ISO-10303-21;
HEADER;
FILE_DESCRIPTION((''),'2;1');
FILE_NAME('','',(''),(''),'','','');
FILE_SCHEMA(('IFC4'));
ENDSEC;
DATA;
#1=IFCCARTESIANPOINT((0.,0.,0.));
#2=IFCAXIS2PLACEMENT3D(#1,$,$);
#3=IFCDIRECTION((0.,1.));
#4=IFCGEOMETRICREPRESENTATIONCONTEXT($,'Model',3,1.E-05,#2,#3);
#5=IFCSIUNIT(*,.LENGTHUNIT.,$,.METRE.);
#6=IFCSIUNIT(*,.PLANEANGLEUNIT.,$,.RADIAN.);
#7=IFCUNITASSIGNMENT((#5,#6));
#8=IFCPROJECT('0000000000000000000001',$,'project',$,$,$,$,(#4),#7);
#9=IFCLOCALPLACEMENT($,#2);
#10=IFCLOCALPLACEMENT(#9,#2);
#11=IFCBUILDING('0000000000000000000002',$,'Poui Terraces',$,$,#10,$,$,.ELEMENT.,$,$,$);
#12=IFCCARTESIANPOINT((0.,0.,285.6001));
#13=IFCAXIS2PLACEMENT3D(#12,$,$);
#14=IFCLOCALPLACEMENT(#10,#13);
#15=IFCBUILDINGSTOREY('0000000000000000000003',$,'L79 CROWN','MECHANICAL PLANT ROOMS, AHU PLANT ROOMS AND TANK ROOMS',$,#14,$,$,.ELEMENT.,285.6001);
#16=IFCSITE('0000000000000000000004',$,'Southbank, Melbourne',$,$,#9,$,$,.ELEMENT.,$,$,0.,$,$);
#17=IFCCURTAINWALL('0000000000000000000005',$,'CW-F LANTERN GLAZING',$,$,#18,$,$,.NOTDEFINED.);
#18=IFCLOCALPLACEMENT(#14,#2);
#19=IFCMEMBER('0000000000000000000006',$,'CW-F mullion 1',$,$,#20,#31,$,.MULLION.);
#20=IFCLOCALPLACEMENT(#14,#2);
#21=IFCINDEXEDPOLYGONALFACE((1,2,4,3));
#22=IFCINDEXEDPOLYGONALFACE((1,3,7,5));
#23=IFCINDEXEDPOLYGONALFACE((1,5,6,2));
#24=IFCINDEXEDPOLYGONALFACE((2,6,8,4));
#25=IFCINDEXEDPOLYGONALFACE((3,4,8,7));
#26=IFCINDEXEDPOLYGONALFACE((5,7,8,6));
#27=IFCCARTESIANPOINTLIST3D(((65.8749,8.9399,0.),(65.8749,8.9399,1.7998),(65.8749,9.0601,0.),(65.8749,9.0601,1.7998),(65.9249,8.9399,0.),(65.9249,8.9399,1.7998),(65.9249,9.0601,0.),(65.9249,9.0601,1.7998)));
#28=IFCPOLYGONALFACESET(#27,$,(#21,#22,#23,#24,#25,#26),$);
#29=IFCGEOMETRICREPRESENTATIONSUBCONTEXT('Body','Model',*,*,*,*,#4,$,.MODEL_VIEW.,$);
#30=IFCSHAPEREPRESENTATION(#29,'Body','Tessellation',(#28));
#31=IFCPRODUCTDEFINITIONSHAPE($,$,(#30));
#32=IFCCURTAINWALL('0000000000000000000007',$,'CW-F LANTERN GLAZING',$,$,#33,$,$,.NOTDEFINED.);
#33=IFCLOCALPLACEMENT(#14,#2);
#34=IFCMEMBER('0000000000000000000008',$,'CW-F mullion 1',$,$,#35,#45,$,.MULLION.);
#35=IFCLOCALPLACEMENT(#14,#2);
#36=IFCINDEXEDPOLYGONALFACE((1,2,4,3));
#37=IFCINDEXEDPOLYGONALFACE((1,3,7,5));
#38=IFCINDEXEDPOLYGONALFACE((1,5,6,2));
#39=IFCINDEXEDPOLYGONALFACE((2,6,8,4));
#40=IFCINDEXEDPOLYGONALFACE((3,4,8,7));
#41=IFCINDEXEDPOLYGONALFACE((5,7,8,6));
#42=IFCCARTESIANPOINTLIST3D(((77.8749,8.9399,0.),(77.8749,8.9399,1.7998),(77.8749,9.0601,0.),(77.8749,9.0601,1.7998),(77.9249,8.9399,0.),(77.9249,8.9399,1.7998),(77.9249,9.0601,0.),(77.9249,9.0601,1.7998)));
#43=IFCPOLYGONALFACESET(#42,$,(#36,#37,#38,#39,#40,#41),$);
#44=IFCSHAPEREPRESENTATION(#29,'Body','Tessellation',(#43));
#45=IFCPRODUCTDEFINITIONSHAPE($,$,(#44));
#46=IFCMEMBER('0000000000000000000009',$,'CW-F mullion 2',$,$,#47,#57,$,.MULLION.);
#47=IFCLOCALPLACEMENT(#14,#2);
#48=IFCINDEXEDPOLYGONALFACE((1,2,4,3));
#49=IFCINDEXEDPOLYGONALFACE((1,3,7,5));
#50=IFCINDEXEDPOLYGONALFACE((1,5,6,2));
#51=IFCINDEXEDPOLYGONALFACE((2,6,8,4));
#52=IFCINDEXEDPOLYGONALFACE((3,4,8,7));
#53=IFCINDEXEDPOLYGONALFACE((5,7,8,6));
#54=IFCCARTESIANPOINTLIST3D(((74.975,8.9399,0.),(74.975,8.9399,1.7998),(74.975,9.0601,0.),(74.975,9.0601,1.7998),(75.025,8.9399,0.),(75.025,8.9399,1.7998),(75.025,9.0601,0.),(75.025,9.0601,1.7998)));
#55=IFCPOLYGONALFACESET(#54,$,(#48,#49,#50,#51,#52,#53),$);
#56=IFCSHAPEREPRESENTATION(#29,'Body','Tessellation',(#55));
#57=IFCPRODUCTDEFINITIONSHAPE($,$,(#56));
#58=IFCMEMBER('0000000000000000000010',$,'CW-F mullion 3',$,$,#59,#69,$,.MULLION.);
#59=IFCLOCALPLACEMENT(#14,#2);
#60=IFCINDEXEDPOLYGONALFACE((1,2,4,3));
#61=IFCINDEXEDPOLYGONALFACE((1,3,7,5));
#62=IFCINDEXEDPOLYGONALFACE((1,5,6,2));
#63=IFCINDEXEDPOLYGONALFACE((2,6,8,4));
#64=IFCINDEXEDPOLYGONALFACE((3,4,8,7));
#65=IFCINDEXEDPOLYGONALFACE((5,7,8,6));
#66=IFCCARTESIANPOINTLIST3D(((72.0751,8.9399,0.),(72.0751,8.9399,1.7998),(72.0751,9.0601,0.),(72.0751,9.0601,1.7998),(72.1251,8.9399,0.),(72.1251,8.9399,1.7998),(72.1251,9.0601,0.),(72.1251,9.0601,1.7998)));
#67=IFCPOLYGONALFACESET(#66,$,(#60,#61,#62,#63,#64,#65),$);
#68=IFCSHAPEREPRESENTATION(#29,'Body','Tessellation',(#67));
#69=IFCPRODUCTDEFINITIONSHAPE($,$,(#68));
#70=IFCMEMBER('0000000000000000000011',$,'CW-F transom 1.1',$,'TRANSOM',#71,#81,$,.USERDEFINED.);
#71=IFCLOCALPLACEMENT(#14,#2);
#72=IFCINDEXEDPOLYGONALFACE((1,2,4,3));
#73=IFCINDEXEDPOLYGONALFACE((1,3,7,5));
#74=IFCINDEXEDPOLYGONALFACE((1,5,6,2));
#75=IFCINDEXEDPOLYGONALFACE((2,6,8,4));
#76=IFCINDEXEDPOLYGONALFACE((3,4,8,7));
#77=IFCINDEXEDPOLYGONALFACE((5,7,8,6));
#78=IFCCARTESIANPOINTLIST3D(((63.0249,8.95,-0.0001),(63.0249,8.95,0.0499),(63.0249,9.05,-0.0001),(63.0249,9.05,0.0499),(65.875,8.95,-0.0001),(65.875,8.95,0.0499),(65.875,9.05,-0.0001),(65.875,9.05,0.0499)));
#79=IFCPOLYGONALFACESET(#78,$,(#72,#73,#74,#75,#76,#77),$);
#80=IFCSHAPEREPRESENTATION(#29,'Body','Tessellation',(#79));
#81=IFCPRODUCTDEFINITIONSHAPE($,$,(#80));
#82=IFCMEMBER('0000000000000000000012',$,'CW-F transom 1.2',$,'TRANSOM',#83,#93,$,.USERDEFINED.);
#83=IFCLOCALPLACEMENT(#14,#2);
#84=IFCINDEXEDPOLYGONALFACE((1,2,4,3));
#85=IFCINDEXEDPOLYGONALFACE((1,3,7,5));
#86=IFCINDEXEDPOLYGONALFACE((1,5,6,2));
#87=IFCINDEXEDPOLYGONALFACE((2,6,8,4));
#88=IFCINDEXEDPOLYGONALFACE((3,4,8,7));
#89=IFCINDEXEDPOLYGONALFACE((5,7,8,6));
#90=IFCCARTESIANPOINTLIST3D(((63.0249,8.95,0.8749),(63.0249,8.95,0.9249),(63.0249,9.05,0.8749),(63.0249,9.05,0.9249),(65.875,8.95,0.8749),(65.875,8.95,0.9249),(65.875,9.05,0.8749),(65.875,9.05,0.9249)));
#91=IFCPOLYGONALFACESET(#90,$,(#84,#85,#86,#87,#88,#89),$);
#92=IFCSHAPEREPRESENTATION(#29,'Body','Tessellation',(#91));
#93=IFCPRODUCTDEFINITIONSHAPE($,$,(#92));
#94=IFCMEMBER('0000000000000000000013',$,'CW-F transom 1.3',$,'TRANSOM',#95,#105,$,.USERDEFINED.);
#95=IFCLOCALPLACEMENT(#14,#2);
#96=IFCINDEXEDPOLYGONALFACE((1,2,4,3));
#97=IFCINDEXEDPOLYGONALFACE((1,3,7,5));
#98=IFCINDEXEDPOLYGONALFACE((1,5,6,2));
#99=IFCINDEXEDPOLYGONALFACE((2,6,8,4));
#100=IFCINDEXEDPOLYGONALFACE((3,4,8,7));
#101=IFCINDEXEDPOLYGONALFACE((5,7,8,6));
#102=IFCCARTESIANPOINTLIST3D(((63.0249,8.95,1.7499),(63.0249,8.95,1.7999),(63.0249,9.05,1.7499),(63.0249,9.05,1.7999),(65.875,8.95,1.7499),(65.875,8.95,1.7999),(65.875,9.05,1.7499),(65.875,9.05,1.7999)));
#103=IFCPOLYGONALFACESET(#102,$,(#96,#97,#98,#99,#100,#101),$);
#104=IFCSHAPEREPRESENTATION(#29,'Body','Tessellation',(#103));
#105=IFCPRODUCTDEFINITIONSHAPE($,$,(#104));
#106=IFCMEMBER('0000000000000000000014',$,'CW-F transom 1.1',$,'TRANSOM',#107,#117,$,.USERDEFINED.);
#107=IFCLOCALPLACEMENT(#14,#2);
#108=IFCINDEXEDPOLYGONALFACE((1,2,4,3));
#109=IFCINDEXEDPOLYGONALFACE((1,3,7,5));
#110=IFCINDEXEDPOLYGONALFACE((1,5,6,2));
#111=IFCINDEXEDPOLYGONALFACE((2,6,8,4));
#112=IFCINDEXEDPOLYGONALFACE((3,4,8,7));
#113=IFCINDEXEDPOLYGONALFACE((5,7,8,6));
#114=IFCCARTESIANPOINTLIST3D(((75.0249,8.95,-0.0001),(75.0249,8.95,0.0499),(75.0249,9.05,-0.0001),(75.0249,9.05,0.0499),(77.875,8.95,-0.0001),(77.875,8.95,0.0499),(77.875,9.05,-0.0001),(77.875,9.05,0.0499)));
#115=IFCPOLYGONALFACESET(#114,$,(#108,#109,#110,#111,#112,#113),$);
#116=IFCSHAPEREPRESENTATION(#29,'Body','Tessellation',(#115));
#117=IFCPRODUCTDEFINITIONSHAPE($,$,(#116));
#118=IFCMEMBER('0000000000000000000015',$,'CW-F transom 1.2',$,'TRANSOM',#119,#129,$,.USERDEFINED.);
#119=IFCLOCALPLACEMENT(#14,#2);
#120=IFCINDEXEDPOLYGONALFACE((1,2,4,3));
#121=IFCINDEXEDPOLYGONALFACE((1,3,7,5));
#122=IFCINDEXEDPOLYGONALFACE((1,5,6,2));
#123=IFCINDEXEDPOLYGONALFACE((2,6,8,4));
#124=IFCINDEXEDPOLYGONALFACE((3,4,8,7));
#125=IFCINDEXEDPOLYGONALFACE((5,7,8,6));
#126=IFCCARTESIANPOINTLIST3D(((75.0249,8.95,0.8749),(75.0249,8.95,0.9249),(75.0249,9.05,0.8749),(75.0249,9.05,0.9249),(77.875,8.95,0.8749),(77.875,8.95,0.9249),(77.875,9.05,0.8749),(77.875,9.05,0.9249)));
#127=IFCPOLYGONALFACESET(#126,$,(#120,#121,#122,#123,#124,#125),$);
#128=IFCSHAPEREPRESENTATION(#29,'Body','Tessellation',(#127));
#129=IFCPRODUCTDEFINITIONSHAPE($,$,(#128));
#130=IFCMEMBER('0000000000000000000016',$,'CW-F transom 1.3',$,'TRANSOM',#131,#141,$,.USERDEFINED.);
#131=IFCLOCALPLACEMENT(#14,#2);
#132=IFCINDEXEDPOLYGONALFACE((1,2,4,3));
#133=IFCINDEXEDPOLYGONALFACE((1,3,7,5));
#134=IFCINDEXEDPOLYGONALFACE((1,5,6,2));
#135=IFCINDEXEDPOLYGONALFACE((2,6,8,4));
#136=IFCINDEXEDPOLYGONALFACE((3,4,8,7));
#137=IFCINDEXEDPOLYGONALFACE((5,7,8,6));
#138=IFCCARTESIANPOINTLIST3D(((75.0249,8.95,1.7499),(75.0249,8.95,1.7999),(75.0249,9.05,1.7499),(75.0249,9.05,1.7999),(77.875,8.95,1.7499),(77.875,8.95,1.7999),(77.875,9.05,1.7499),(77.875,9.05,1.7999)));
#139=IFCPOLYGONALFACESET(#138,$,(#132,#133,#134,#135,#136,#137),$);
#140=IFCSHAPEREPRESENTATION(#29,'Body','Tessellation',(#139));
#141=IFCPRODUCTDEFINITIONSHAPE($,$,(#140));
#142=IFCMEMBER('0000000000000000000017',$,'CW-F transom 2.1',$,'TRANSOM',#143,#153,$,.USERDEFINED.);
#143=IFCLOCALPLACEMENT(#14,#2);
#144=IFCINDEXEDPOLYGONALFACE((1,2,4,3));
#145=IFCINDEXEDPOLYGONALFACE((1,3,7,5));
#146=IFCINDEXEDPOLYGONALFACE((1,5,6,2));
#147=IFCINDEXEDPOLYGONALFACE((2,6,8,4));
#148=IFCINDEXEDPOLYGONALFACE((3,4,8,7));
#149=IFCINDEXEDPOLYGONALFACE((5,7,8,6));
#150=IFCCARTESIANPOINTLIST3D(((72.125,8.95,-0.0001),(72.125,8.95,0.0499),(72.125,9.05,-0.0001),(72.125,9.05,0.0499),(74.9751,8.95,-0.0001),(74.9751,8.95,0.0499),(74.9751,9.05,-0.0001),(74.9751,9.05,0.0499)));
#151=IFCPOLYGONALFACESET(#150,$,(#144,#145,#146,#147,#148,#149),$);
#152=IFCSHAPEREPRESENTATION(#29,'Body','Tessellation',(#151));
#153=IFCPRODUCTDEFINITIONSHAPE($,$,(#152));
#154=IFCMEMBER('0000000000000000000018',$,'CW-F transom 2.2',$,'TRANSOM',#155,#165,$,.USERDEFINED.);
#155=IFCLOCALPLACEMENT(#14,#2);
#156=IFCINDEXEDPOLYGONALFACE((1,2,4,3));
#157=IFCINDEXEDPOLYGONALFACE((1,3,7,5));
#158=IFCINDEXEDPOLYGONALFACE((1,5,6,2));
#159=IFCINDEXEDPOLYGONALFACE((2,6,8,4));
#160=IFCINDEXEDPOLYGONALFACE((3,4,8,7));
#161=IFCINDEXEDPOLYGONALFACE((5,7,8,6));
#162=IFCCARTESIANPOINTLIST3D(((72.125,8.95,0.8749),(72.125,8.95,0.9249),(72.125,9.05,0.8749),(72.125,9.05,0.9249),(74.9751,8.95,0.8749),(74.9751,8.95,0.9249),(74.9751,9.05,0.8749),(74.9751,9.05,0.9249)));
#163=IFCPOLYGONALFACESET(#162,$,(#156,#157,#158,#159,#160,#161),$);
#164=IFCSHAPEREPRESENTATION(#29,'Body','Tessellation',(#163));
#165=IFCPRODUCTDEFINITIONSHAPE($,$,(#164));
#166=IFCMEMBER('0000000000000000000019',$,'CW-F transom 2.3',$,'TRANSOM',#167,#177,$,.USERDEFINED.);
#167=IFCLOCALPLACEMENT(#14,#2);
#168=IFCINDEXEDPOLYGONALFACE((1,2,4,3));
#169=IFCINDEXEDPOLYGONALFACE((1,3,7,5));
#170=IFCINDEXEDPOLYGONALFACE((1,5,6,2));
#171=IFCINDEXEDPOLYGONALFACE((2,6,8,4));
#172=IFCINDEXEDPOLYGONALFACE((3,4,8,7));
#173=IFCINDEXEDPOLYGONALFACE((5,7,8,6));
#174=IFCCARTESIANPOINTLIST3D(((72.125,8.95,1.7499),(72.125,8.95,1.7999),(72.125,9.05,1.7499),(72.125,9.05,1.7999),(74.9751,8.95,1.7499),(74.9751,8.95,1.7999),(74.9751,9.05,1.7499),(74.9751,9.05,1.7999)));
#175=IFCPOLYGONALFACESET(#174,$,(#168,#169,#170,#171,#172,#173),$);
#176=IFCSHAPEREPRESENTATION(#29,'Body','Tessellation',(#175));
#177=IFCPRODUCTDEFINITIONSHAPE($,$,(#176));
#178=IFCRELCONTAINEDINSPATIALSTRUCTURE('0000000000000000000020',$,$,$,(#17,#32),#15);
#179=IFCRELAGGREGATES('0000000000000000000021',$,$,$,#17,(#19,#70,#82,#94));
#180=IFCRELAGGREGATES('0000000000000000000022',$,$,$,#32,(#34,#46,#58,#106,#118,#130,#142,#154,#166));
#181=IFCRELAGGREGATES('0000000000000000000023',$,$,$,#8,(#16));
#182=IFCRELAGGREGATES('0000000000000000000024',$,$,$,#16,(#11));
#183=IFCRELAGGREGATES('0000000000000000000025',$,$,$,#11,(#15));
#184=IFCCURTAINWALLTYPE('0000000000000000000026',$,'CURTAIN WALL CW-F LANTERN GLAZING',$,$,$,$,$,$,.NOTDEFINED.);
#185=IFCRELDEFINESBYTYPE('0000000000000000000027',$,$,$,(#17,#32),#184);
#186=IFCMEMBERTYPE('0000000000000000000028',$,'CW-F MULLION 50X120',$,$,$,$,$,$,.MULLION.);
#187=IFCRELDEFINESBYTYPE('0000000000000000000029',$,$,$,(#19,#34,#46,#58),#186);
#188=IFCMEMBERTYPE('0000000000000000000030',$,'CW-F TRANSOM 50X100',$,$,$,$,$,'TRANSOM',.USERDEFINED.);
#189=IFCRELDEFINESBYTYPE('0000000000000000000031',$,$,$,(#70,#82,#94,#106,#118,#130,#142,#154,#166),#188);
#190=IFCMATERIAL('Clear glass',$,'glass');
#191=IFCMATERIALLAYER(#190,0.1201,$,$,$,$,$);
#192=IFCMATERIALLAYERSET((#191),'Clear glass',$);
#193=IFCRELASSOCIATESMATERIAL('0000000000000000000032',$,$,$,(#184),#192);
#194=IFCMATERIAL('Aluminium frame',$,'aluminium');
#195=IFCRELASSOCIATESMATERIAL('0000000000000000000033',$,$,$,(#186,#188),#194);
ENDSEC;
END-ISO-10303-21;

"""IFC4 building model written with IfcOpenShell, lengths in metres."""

from ifc_helpers import new_model, si_unit, direction, frame, origin, origin_2d, place, context, subcontext, project, spatial, rectangle, extrude, material, layer, layer_set, material_profile, profile_set, type_object, element, aggregate, save


model = new_model("IFC4")

# Units and contexts
model_context = context("Model", 3, precision=1e-05, world=origin(), true_north=direction((0.0, 1.0)))
body_context = subcontext(model_context, "Body", "Model", "MODEL_VIEW")
ifc_project = project(units=[si_unit("LENGTHUNIT", "METRE"), si_unit("PLANEANGLEUNIT", "RADIAN")], contexts=[model_context])

# Site, building, storey
site_placement = place(None, origin())
site = spatial("IfcSite", under=ifc_project, at=site_placement, Name="Southbank, Melbourne", CompositionType="ELEMENT", RefElevation=0.0)
building_placement = place(site_placement, origin())
building = spatial("IfcBuilding", under=site, at=building_placement, Name="Poui Terraces", CompositionType="ELEMENT")
storey_placement = place(building_placement, frame((0.0, 0.0, 285.6001)))
storey = spatial("IfcBuildingStorey", under=building, at=storey_placement, Name="L79 CROWN", Description="MECHANICAL PLANT ROOMS, AHU PLANT ROOMS AND TANK ROOMS", CompositionType="ELEMENT", Elevation=285.6001)

# Curtain wall, member
ifc_material_1 = material(Name="Clear glass", Category="glass")
ifc_layer_1 = layer(ifc_material_1, 0.1201)
ifc_layer_set_1 = layer_set([ifc_layer_1], Name="Clear glass")
curtain_wall_type = type_object("IfcCurtainWallType", Name="CURTAIN WALL CW-F LANTERN GLAZING", PredefinedType="NOTDEFINED", material=ifc_layer_set_1)
curtain_wall_1_placement = place(storey_placement, origin())
curtain_wall_1 = element("IfcCurtainWall", 1, at=curtain_wall_1_placement, inside=storey, type_object=curtain_wall_type, Name="CW-F LANTERN GLAZING", PredefinedType="NOTDEFINED")
ifc_material_2 = material(Name="Aluminium frame", Category="aluminium")
ifc_material_profile_1 = material_profile(ifc_material_2, rectangle(XDim=0.1201, YDim=0.05, at=origin_2d()), Name="CW-F MULLION 50X120")
ifc_profile_set_1 = profile_set([ifc_material_profile_1], Name="Aluminium frame")
member_type_1 = type_object("IfcMemberType", Name="CW-F MULLION 50X120", PredefinedType="MULLION", material=ifc_profile_set_1)
member_1_placement = place(storey_placement, frame((65.8999, 9.0, 0.0), z_axis=(0.0, 0.0, 1.0), x_axis=(0.0, -1.0, 0.0)))
member_1 = element("IfcMember", 2, at=member_1_placement, type_object=member_type_1, Name="CW-F mullion 1", PredefinedType="MULLION", context=body_context, shape_type="SweptSolid", body=[
    extrude(rectangle(XDim=0.1201, YDim=0.05, at=origin_2d()), origin(), (0.0, 0.0, 1.0), 1.7998),
])

# Curtain wall, members
curtain_wall_2_placement = place(storey_placement, origin())
curtain_wall_2 = element("IfcCurtainWall", 3, at=curtain_wall_2_placement, inside=storey, type_object=curtain_wall_type, Name="CW-F LANTERN GLAZING", PredefinedType="NOTDEFINED")
member_2_placement = place(storey_placement, frame((77.8999, 9.0, 0.0), z_axis=(0.0, 0.0, 1.0), x_axis=(0.0, -1.0, 0.0)))
member_2 = element("IfcMember", 4, at=member_2_placement, type_object=member_type_1, Name="CW-F mullion 1", PredefinedType="MULLION", context=body_context, shape_type="SweptSolid", body=[
    extrude(rectangle(XDim=0.1201, YDim=0.05, at=origin_2d()), origin(), (0.0, 0.0, 1.0), 1.7998),
])
member_3_placement = place(storey_placement, frame((75.0, 9.0, 0.0), z_axis=(0.0, 0.0, 1.0), x_axis=(0.0, -1.0, 0.0)))
member_3 = element("IfcMember", 5, at=member_3_placement, type_object=member_type_1, Name="CW-F mullion 2", PredefinedType="MULLION", context=body_context, shape_type="SweptSolid", body=[
    extrude(rectangle(XDim=0.1201, YDim=0.05, at=origin_2d()), origin(), (0.0, 0.0, 1.0), 1.7998),
])
member_4_placement = place(storey_placement, frame((72.1001, 9.0, 0.0), z_axis=(0.0, 0.0, 1.0), x_axis=(0.0, -1.0, 0.0)))
member_4 = element("IfcMember", 6, at=member_4_placement, type_object=member_type_1, Name="CW-F mullion 3", PredefinedType="MULLION", context=body_context, shape_type="SweptSolid", body=[
    extrude(rectangle(XDim=0.1201, YDim=0.05, at=origin_2d()), origin(), (0.0, 0.0, 1.0), 1.7998),
])

# Members
ifc_material_profile_2 = material_profile(ifc_material_2, rectangle(XDim=0.1001, YDim=0.05, at=origin_2d()), Name="CW-F TRANSOM 50X100")
ifc_profile_set_2 = profile_set([ifc_material_profile_2], Name="Aluminium frame")
member_type_2 = type_object("IfcMemberType", Name="CW-F TRANSOM 50X100", ElementType="TRANSOM", PredefinedType="USERDEFINED", material=ifc_profile_set_2)
member_5_placement = place(storey_placement, frame((65.875, 9.0, 0.0249), z_axis=(-1.0, 0.0, 0.0), x_axis=(0.0, -1.0, 0.0)))
member_5 = element("IfcMember", 7, at=member_5_placement, type_object=member_type_2, Name="CW-F transom 1.1", ObjectType="TRANSOM", PredefinedType="USERDEFINED", context=body_context, shape_type="SweptSolid", body=[
    extrude(rectangle(XDim=0.1001, YDim=0.05, at=origin_2d()), origin(), (0.0, 0.0, 1.0), 2.8501),
])
member_6_placement = place(storey_placement, frame((65.875, 9.0, 0.8999), z_axis=(-1.0, 0.0, 0.0), x_axis=(0.0, -1.0, 0.0)))
member_6 = element("IfcMember", 8, at=member_6_placement, type_object=member_type_2, Name="CW-F transom 1.2", ObjectType="TRANSOM", PredefinedType="USERDEFINED", context=body_context, shape_type="SweptSolid", body=[
    extrude(rectangle(XDim=0.1001, YDim=0.05, at=origin_2d()), origin(), (0.0, 0.0, 1.0), 2.8501),
])
member_7_placement = place(storey_placement, frame((65.875, 9.0, 1.7749), z_axis=(-1.0, 0.0, 0.0), x_axis=(0.0, -1.0, 0.0)))
member_7 = element("IfcMember", 9, at=member_7_placement, type_object=member_type_2, Name="CW-F transom 1.3", ObjectType="TRANSOM", PredefinedType="USERDEFINED", context=body_context, shape_type="SweptSolid", body=[
    extrude(rectangle(XDim=0.1001, YDim=0.05, at=origin_2d()), origin(), (0.0, 0.0, 1.0), 2.8501),
])
member_8_placement = place(storey_placement, frame((77.875, 9.0, 0.0249), z_axis=(-1.0, 0.0, 0.0), x_axis=(0.0, -1.0, 0.0)))
member_8 = element("IfcMember", 10, at=member_8_placement, type_object=member_type_2, Name="CW-F transom 1.1", ObjectType="TRANSOM", PredefinedType="USERDEFINED", context=body_context, shape_type="SweptSolid", body=[
    extrude(rectangle(XDim=0.1001, YDim=0.05, at=origin_2d()), origin(), (0.0, 0.0, 1.0), 2.8501),
])
member_9_placement = place(storey_placement, frame((77.875, 9.0, 0.8999), z_axis=(-1.0, 0.0, 0.0), x_axis=(0.0, -1.0, 0.0)))
member_9 = element("IfcMember", 11, at=member_9_placement, type_object=member_type_2, Name="CW-F transom 1.2", ObjectType="TRANSOM", PredefinedType="USERDEFINED", context=body_context, shape_type="SweptSolid", body=[
    extrude(rectangle(XDim=0.1001, YDim=0.05, at=origin_2d()), origin(), (0.0, 0.0, 1.0), 2.8501),
])
member_10_placement = place(storey_placement, frame((77.875, 9.0, 1.7749), z_axis=(-1.0, 0.0, 0.0), x_axis=(0.0, -1.0, 0.0)))
member_10 = element("IfcMember", 12, at=member_10_placement, type_object=member_type_2, Name="CW-F transom 1.3", ObjectType="TRANSOM", PredefinedType="USERDEFINED", context=body_context, shape_type="SweptSolid", body=[
    extrude(rectangle(XDim=0.1001, YDim=0.05, at=origin_2d()), origin(), (0.0, 0.0, 1.0), 2.8501),
])
member_11_placement = place(storey_placement, frame((74.9751, 9.0, 0.0249), z_axis=(-1.0, 0.0, 0.0), x_axis=(0.0, -1.0, 0.0)))
member_11 = element("IfcMember", 13, at=member_11_placement, type_object=member_type_2, Name="CW-F transom 2.1", ObjectType="TRANSOM", PredefinedType="USERDEFINED", context=body_context, shape_type="SweptSolid", body=[
    extrude(rectangle(XDim=0.1001, YDim=0.05, at=origin_2d()), origin(), (0.0, 0.0, 1.0), 2.8501),
])
member_12_placement = place(storey_placement, frame((74.9751, 9.0, 0.8999), z_axis=(-1.0, 0.0, 0.0), x_axis=(0.0, -1.0, 0.0)))
member_12 = element("IfcMember", 14, at=member_12_placement, type_object=member_type_2, Name="CW-F transom 2.2", ObjectType="TRANSOM", PredefinedType="USERDEFINED", context=body_context, shape_type="SweptSolid", body=[
    extrude(rectangle(XDim=0.1001, YDim=0.05, at=origin_2d()), origin(), (0.0, 0.0, 1.0), 2.8501),
])
member_13_placement = place(storey_placement, frame((74.9751, 9.0, 1.7749), z_axis=(-1.0, 0.0, 0.0), x_axis=(0.0, -1.0, 0.0)))
member_13 = element("IfcMember", 15, at=member_13_placement, type_object=member_type_2, Name="CW-F transom 2.3", ObjectType="TRANSOM", PredefinedType="USERDEFINED", context=body_context, shape_type="SweptSolid", body=[
    extrude(rectangle(XDim=0.1001, YDim=0.05, at=origin_2d()), origin(), (0.0, 0.0, 1.0), 2.8501),
])

aggregate(curtain_wall_1, [member_1, member_5, member_6, member_7])
aggregate(curtain_wall_2, [member_2, member_3, member_4, member_8, member_9, member_10, member_11, member_12, member_13])

save(model, "model.ifc")
